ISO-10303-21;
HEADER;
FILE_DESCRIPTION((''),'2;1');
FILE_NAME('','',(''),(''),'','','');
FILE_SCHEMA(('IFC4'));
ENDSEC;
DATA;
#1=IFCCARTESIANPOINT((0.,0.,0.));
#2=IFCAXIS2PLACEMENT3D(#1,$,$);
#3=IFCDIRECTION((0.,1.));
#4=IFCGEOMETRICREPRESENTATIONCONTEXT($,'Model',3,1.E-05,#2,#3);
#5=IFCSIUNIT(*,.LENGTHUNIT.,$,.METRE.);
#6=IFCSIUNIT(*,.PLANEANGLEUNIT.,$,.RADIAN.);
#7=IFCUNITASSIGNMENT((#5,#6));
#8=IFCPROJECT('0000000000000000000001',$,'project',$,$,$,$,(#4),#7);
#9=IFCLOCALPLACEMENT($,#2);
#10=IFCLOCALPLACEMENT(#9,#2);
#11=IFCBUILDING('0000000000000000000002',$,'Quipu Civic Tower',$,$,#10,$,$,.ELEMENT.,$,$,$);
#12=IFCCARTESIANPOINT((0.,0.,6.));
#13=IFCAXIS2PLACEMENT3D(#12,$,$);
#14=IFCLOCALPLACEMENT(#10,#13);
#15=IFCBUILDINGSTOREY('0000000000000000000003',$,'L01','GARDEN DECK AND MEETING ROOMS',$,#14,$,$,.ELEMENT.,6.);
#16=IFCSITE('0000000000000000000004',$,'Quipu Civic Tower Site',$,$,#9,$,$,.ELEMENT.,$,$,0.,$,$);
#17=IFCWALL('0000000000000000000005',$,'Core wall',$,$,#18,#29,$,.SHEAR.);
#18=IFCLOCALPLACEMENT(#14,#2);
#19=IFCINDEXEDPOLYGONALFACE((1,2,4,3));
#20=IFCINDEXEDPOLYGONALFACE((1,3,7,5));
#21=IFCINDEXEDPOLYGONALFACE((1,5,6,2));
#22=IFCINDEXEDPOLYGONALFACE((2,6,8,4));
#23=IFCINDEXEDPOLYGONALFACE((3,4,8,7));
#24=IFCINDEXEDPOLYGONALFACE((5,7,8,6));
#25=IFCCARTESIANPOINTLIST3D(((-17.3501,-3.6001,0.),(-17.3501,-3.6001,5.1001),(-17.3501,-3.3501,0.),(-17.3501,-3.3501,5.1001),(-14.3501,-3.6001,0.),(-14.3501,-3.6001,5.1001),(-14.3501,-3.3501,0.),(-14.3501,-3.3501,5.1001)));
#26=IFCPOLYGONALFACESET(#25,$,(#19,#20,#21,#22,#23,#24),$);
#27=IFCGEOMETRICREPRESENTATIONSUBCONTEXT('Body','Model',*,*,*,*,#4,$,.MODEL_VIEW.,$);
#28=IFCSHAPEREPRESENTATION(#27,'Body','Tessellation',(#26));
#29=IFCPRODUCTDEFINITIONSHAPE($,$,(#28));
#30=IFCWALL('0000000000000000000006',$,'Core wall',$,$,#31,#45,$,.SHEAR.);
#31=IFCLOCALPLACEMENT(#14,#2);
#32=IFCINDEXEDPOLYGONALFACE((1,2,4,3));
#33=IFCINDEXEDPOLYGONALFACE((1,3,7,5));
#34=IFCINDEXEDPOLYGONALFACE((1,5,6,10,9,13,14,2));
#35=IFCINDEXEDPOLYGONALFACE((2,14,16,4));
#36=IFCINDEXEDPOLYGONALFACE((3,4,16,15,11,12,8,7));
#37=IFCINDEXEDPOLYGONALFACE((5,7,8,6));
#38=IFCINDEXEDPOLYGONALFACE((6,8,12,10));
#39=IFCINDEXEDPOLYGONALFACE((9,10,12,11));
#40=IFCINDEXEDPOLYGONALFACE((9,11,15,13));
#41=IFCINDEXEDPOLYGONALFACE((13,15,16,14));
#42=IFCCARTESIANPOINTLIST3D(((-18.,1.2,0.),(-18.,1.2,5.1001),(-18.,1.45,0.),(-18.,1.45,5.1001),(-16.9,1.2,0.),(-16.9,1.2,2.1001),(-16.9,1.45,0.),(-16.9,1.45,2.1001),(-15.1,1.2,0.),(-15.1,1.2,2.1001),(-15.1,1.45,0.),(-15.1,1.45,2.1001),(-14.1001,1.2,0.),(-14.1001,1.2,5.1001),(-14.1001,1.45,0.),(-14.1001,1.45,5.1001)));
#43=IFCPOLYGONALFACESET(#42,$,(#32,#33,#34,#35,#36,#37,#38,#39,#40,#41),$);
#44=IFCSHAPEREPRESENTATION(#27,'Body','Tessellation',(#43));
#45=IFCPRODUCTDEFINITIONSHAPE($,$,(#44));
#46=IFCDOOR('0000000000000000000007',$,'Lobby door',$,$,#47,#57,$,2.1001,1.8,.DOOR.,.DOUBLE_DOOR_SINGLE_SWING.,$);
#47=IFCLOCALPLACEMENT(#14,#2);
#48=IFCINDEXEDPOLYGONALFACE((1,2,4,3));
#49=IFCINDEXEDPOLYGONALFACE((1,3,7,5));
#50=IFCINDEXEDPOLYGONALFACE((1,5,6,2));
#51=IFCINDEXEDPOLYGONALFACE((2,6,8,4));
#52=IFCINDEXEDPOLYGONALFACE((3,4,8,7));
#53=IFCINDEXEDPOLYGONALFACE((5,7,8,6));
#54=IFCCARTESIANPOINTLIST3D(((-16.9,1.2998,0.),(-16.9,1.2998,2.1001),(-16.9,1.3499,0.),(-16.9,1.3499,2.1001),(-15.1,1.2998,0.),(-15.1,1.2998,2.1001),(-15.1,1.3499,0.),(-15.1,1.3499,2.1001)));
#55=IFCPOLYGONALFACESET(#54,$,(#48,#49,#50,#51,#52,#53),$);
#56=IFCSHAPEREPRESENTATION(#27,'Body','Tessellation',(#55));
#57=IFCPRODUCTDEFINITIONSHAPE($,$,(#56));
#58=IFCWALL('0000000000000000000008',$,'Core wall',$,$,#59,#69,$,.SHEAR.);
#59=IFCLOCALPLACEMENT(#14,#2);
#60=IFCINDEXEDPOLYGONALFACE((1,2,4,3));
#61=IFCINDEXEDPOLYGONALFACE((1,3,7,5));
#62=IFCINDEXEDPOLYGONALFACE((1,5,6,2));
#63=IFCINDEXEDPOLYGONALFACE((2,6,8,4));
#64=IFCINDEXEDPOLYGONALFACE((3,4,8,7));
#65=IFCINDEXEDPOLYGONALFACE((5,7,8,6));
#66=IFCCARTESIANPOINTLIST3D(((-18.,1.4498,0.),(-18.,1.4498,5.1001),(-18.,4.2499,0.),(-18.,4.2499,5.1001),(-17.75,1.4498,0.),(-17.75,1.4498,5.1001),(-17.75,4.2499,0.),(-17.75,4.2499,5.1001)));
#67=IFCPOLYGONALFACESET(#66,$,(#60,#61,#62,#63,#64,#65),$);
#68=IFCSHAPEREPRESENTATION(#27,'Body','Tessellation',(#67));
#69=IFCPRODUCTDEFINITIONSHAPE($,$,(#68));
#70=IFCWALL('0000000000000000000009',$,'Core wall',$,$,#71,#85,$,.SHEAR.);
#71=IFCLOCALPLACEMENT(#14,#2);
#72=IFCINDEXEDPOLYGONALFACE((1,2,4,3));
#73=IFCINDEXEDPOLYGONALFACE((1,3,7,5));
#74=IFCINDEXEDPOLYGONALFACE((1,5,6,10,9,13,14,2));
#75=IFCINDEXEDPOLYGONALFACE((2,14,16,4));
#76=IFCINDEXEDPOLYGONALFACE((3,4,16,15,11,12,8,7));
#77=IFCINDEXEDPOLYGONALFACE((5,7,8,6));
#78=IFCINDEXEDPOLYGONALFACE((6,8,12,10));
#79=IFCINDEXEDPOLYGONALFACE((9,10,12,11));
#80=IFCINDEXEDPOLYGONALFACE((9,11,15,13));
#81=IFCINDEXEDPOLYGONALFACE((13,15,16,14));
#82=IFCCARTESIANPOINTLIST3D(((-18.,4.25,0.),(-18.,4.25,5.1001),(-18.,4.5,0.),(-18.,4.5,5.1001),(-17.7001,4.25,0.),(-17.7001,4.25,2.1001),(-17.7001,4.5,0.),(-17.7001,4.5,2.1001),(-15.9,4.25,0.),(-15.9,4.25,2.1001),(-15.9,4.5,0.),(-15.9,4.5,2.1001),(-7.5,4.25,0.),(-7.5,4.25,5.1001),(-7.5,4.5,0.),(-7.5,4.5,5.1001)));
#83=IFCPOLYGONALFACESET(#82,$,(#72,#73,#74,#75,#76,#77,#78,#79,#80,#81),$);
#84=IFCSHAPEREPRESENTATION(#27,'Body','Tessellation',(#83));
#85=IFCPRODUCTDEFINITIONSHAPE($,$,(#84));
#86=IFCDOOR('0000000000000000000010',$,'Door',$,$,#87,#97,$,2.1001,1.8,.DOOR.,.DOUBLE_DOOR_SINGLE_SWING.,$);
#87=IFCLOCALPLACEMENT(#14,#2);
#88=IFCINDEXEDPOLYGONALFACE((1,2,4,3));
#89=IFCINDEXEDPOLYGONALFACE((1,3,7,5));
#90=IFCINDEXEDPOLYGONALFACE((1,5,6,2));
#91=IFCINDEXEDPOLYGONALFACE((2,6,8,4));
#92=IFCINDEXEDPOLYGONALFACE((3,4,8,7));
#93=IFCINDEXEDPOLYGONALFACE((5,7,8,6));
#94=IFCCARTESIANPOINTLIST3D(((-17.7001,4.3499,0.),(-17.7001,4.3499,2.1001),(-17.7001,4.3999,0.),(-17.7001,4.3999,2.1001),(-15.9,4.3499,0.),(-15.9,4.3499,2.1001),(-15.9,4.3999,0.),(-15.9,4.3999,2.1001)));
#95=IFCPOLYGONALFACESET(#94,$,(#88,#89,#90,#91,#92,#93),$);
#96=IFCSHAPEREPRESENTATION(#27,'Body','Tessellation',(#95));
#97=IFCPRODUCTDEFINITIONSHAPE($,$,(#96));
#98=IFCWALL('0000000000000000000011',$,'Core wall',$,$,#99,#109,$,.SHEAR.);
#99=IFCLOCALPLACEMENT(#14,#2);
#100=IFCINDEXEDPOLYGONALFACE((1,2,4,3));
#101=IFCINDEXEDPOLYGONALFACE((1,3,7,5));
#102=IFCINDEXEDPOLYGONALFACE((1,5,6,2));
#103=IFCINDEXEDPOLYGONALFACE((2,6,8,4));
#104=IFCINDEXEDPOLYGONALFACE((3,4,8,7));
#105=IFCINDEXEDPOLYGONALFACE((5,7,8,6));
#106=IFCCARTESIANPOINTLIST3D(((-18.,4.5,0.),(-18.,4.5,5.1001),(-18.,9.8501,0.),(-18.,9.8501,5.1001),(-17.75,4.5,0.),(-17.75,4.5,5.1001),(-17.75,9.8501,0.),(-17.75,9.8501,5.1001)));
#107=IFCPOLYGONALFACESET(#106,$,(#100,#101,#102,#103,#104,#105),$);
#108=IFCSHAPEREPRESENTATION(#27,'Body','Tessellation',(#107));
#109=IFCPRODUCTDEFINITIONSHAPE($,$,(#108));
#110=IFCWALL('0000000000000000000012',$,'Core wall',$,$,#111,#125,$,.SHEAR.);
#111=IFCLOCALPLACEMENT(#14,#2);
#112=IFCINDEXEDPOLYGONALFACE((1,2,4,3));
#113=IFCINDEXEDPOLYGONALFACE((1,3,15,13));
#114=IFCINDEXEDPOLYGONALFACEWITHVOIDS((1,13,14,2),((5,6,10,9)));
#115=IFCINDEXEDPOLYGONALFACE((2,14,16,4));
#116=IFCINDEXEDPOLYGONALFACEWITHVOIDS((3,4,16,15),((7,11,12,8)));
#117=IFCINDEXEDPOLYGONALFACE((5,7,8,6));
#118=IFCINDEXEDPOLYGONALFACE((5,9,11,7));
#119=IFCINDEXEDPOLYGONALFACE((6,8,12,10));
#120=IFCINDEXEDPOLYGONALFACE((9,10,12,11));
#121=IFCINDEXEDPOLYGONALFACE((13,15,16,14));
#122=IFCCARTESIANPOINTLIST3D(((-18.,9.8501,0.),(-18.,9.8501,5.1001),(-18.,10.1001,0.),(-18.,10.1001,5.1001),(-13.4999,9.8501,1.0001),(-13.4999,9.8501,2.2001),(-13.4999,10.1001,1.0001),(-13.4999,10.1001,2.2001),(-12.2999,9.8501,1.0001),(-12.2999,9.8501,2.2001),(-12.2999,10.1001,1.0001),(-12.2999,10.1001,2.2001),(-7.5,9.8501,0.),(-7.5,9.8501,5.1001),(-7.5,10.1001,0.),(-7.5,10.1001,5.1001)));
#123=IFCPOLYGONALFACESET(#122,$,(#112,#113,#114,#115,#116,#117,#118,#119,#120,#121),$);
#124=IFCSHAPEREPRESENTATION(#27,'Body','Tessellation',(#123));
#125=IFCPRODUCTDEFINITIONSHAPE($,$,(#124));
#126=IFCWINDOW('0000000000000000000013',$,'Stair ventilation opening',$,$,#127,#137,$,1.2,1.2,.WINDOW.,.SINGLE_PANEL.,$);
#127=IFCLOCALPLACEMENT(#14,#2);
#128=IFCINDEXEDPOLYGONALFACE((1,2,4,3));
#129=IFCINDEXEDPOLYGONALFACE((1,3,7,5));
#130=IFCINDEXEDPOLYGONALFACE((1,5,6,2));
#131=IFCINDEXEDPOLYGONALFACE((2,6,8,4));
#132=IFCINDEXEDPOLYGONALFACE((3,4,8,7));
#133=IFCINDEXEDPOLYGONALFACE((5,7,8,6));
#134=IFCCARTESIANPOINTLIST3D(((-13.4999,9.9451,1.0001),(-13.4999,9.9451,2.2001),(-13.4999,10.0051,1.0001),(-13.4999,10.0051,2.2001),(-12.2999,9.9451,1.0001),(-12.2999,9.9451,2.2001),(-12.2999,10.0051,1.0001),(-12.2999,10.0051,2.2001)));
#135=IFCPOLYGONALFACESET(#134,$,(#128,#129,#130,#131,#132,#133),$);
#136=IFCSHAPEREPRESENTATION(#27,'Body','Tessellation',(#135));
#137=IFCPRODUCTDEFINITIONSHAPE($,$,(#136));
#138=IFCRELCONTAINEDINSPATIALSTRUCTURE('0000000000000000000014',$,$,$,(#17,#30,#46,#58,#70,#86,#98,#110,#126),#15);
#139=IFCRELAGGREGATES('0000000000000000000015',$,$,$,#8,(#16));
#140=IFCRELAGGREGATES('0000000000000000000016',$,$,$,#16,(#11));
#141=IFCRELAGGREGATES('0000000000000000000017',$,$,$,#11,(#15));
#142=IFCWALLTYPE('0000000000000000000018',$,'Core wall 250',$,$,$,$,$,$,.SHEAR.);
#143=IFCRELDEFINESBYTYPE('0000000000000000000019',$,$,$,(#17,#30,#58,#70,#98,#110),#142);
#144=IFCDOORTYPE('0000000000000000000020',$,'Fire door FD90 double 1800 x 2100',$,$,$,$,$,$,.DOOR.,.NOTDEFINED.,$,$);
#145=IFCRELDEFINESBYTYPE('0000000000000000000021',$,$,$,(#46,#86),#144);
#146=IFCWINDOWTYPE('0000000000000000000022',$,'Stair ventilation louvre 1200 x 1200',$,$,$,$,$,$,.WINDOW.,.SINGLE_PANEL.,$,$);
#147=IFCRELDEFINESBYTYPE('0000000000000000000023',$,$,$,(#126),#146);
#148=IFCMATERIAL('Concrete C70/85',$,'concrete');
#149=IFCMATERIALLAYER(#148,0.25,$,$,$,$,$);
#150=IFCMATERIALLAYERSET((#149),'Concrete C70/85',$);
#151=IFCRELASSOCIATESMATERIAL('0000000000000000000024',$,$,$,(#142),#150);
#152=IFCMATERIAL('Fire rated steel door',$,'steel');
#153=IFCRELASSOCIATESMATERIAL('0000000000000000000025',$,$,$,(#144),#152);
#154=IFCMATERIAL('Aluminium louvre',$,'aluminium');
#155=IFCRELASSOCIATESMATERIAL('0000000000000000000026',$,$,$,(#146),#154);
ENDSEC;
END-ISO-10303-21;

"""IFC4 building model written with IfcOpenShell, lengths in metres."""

from ifc_helpers import new_model, si_unit, direction, frame, frame_2d, origin, place, context, subcontext, project, spatial, rectangle, extrude, material, layer, layer_set, type_object, element, fill, save


model = new_model("IFC4")

# Units and contexts
model_context = context("Model", 3, precision=1e-05, world=origin(), true_north=direction((0.0, 1.0)))
body_context = subcontext(model_context, "Body", "Model", "MODEL_VIEW")
ifc_project = project(units=[si_unit("LENGTHUNIT", "METRE"), si_unit("PLANEANGLEUNIT", "RADIAN")], contexts=[model_context])

# Site, building, storey
site_placement = place(None, origin())
site = spatial("IfcSite", under=ifc_project, at=site_placement, Name="Quipu Civic Tower Site", CompositionType="ELEMENT", RefElevation=0.0)
building_placement = place(site_placement, origin())
building = spatial("IfcBuilding", under=site, at=building_placement, Name="Quipu Civic Tower", CompositionType="ELEMENT")
storey_placement = place(building_placement, frame((0.0, 0.0, 6.0)))
storey = spatial("IfcBuildingStorey", under=building, at=storey_placement, Name="L01", Description="GARDEN DECK AND MEETING ROOMS", CompositionType="ELEMENT", Elevation=6.0)

# Shared definitions
ifc_material_1 = material(Name="Concrete C70/85", Category="concrete")
ifc_layer_1 = layer(ifc_material_1, 0.25)
ifc_layer_set_1 = layer_set([ifc_layer_1], Name="Concrete C70/85")
wall_type_1 = type_object("IfcWallType", Name="Core wall 250", PredefinedType="SHEAR", material=ifc_layer_set_1)

# Wall
wall_1_placement = place(storey_placement, frame((-17.3501, -3.4751, 0.0), z_axis=(0.0, 0.0, 1.0), x_axis=(1.0, 0.0, 0.0)))
element("IfcWall", 1, at=wall_1_placement, inside=storey, type_object=wall_type_1, Name="Core wall", PredefinedType="SHEAR", context=body_context, shape_type="SweptSolid", body=[
    extrude(rectangle(XDim=3.0, YDim=0.25, at=frame_2d((1.5, 0.0))), origin(), (0.0, 0.0, 1.0), 5.1001),
])

# Wall, opening, door
wall_2_placement = place(storey_placement, frame((-18.0, 1.325, 0.0), z_axis=(0.0, 0.0, 1.0), x_axis=(1.0, 0.0, 0.0)))
wall_2 = element("IfcWall", 2, at=wall_2_placement, inside=storey, type_object=wall_type_1, Name="Core wall", PredefinedType="SHEAR", context=body_context, shape_type="SweptSolid", body=[
    extrude(rectangle(XDim=3.8999, YDim=0.25, at=frame_2d((1.95, 0.0))), origin(), (0.0, 0.0, 1.0), 5.1001),
])
opening_1_placement = place(wall_2_placement, frame((1.1001, 0.0, 0.0)))
opening_1 = element("IfcOpeningElement", 3, at=opening_1_placement, cuts=wall_2, PredefinedType="OPENING", context=body_context, shape_type="SweptSolid", body=[
    extrude(rectangle(XDim=1.8, YDim=2.1001, at=frame_2d((0.8999, 1.05))), frame((0.0, 0.135, 0.0), z_axis=(0.0, -1.0, 0.0), x_axis=(1.0, 0.0, 0.0)), (0.0, 0.0, 1.0), 0.27),
])
ifc_material_2 = material(Name="Fire rated steel door", Category="steel")
door_type_1 = type_object("IfcDoorType", Name="Fire door FD90 double 1800 x 2100", OperationType="NOTDEFINED", PredefinedType="DOOR", material=ifc_material_2)
door_1_placement = place(opening_1_placement, origin())
door_1 = element("IfcDoor", 4, at=door_1_placement, inside=storey, type_object=door_type_1, Name="Lobby door", OperationType="DOUBLE_DOOR_SINGLE_SWING", OverallHeight=2.1001, OverallWidth=1.8, PredefinedType="DOOR", context=body_context, shape_type="SweptSolid", body=[
    extrude(rectangle(XDim=1.8, YDim=2.1001, at=frame_2d((0.8999, 1.05))), frame((0.0, 0.0249, 0.0), z_axis=(0.0, -1.0, 0.0), x_axis=(1.0, 0.0, 0.0)), (0.0, 0.0, 1.0), 0.05),
])
fill(opening_1, door_1)

# Wall
wall_3_placement = place(storey_placement, frame((-17.875, 1.45, 0.0), z_axis=(0.0, 0.0, 1.0), x_axis=(0.0, 1.0, 0.0)))
element("IfcWall", 5, at=wall_3_placement, inside=storey, type_object=wall_type_1, Name="Core wall", PredefinedType="SHEAR", context=body_context, shape_type="SweptSolid", body=[
    extrude(rectangle(XDim=2.8, YDim=0.25, at=frame_2d((1.3999, 0.0))), origin(), (0.0, 0.0, 1.0), 5.1001),
])

# Wall, opening, door
wall_4_placement = place(storey_placement, frame((-18.0, 4.375, 0.0), z_axis=(0.0, 0.0, 1.0), x_axis=(1.0, 0.0, 0.0)))
wall_4 = element("IfcWall", 6, at=wall_4_placement, inside=storey, type_object=wall_type_1, Name="Core wall", PredefinedType="SHEAR", context=body_context, shape_type="SweptSolid", body=[
    extrude(rectangle(XDim=10.5, YDim=0.25, at=frame_2d((5.25, 0.0))), origin(), (0.0, 0.0, 1.0), 5.1001),
])
opening_2_placement = place(wall_4_placement, frame((0.3, 0.0, 0.0)))
opening_2 = element("IfcOpeningElement", 7, at=opening_2_placement, cuts=wall_4, PredefinedType="OPENING", context=body_context, shape_type="SweptSolid", body=[
    extrude(rectangle(XDim=1.8, YDim=2.1001, at=frame_2d((0.8999, 1.05))), frame((0.0, 0.135, 0.0), z_axis=(0.0, -1.0, 0.0), x_axis=(1.0, 0.0, 0.0)), (0.0, 0.0, 1.0), 0.27),
])
door_2_placement = place(opening_2_placement, origin())
door_2 = element("IfcDoor", 8, at=door_2_placement, inside=storey, type_object=door_type_1, Name="Door", OperationType="DOUBLE_DOOR_SINGLE_SWING", OverallHeight=2.1001, OverallWidth=1.8, PredefinedType="DOOR", context=body_context, shape_type="SweptSolid", body=[
    extrude(rectangle(XDim=1.8, YDim=2.1001, at=frame_2d((0.8999, 1.05))), frame((0.0, 0.0249, 0.0), z_axis=(0.0, -1.0, 0.0), x_axis=(1.0, 0.0, 0.0)), (0.0, 0.0, 1.0), 0.05),
])
fill(opening_2, door_2)

# Wall
wall_5_placement = place(storey_placement, frame((-17.875, 4.5, 0.0), z_axis=(0.0, 0.0, 1.0), x_axis=(0.0, 1.0, 0.0)))
element("IfcWall", 9, at=wall_5_placement, inside=storey, type_object=wall_type_1, Name="Core wall", PredefinedType="SHEAR", context=body_context, shape_type="SweptSolid", body=[
    extrude(rectangle(XDim=5.3501, YDim=0.25, at=frame_2d((2.675, 0.0))), origin(), (0.0, 0.0, 1.0), 5.1001),
])

# Wall, opening, window
wall_6_placement = place(storey_placement, frame((-18.0, 9.9751, 0.0), z_axis=(0.0, 0.0, 1.0), x_axis=(1.0, 0.0, 0.0)))
wall_6 = element("IfcWall", 10, at=wall_6_placement, inside=storey, type_object=wall_type_1, Name="Core wall", PredefinedType="SHEAR", context=body_context, shape_type="SweptSolid", body=[
    extrude(rectangle(XDim=10.5, YDim=0.25, at=frame_2d((5.25, 0.0))), origin(), (0.0, 0.0, 1.0), 5.1001),
])
opening_3_placement = place(wall_6_placement, frame((4.5, 0.0, 1.0)))
opening_3 = element("IfcOpeningElement", 11, at=opening_3_placement, cuts=wall_6, PredefinedType="OPENING", context=body_context, shape_type="SweptSolid", body=[
    extrude(rectangle(XDim=1.2, YDim=1.2, at=frame_2d((0.6001, 0.6001))), frame((0.0, 0.135, 0.0), z_axis=(0.0, -1.0, 0.0), x_axis=(1.0, 0.0, 0.0)), (0.0, 0.0, 1.0), 0.27),
])
ifc_material_3 = material(Name="Aluminium louvre", Category="aluminium")
window_type = type_object("IfcWindowType", Name="Stair ventilation louvre 1200 x 1200", PartitioningType="SINGLE_PANEL", PredefinedType="WINDOW", material=ifc_material_3)
window_placement = place(opening_3_placement, origin())
window = element("IfcWindow", 12, at=window_placement, inside=storey, type_object=window_type, Name="Stair ventilation opening", OverallHeight=1.2, OverallWidth=1.2, PartitioningType="SINGLE_PANEL", PredefinedType="WINDOW", context=body_context, shape_type="SweptSolid", body=[
    extrude(rectangle(XDim=1.2, YDim=1.2, at=frame_2d((0.6001, 0.6001))), frame((0.0, 0.03, 0.0), z_axis=(0.0, -1.0, 0.0), x_axis=(1.0, 0.0, 0.0)), (0.0, 0.0, 1.0), 0.0601),
])
fill(opening_3, window)

save(model, "model.ifc")
